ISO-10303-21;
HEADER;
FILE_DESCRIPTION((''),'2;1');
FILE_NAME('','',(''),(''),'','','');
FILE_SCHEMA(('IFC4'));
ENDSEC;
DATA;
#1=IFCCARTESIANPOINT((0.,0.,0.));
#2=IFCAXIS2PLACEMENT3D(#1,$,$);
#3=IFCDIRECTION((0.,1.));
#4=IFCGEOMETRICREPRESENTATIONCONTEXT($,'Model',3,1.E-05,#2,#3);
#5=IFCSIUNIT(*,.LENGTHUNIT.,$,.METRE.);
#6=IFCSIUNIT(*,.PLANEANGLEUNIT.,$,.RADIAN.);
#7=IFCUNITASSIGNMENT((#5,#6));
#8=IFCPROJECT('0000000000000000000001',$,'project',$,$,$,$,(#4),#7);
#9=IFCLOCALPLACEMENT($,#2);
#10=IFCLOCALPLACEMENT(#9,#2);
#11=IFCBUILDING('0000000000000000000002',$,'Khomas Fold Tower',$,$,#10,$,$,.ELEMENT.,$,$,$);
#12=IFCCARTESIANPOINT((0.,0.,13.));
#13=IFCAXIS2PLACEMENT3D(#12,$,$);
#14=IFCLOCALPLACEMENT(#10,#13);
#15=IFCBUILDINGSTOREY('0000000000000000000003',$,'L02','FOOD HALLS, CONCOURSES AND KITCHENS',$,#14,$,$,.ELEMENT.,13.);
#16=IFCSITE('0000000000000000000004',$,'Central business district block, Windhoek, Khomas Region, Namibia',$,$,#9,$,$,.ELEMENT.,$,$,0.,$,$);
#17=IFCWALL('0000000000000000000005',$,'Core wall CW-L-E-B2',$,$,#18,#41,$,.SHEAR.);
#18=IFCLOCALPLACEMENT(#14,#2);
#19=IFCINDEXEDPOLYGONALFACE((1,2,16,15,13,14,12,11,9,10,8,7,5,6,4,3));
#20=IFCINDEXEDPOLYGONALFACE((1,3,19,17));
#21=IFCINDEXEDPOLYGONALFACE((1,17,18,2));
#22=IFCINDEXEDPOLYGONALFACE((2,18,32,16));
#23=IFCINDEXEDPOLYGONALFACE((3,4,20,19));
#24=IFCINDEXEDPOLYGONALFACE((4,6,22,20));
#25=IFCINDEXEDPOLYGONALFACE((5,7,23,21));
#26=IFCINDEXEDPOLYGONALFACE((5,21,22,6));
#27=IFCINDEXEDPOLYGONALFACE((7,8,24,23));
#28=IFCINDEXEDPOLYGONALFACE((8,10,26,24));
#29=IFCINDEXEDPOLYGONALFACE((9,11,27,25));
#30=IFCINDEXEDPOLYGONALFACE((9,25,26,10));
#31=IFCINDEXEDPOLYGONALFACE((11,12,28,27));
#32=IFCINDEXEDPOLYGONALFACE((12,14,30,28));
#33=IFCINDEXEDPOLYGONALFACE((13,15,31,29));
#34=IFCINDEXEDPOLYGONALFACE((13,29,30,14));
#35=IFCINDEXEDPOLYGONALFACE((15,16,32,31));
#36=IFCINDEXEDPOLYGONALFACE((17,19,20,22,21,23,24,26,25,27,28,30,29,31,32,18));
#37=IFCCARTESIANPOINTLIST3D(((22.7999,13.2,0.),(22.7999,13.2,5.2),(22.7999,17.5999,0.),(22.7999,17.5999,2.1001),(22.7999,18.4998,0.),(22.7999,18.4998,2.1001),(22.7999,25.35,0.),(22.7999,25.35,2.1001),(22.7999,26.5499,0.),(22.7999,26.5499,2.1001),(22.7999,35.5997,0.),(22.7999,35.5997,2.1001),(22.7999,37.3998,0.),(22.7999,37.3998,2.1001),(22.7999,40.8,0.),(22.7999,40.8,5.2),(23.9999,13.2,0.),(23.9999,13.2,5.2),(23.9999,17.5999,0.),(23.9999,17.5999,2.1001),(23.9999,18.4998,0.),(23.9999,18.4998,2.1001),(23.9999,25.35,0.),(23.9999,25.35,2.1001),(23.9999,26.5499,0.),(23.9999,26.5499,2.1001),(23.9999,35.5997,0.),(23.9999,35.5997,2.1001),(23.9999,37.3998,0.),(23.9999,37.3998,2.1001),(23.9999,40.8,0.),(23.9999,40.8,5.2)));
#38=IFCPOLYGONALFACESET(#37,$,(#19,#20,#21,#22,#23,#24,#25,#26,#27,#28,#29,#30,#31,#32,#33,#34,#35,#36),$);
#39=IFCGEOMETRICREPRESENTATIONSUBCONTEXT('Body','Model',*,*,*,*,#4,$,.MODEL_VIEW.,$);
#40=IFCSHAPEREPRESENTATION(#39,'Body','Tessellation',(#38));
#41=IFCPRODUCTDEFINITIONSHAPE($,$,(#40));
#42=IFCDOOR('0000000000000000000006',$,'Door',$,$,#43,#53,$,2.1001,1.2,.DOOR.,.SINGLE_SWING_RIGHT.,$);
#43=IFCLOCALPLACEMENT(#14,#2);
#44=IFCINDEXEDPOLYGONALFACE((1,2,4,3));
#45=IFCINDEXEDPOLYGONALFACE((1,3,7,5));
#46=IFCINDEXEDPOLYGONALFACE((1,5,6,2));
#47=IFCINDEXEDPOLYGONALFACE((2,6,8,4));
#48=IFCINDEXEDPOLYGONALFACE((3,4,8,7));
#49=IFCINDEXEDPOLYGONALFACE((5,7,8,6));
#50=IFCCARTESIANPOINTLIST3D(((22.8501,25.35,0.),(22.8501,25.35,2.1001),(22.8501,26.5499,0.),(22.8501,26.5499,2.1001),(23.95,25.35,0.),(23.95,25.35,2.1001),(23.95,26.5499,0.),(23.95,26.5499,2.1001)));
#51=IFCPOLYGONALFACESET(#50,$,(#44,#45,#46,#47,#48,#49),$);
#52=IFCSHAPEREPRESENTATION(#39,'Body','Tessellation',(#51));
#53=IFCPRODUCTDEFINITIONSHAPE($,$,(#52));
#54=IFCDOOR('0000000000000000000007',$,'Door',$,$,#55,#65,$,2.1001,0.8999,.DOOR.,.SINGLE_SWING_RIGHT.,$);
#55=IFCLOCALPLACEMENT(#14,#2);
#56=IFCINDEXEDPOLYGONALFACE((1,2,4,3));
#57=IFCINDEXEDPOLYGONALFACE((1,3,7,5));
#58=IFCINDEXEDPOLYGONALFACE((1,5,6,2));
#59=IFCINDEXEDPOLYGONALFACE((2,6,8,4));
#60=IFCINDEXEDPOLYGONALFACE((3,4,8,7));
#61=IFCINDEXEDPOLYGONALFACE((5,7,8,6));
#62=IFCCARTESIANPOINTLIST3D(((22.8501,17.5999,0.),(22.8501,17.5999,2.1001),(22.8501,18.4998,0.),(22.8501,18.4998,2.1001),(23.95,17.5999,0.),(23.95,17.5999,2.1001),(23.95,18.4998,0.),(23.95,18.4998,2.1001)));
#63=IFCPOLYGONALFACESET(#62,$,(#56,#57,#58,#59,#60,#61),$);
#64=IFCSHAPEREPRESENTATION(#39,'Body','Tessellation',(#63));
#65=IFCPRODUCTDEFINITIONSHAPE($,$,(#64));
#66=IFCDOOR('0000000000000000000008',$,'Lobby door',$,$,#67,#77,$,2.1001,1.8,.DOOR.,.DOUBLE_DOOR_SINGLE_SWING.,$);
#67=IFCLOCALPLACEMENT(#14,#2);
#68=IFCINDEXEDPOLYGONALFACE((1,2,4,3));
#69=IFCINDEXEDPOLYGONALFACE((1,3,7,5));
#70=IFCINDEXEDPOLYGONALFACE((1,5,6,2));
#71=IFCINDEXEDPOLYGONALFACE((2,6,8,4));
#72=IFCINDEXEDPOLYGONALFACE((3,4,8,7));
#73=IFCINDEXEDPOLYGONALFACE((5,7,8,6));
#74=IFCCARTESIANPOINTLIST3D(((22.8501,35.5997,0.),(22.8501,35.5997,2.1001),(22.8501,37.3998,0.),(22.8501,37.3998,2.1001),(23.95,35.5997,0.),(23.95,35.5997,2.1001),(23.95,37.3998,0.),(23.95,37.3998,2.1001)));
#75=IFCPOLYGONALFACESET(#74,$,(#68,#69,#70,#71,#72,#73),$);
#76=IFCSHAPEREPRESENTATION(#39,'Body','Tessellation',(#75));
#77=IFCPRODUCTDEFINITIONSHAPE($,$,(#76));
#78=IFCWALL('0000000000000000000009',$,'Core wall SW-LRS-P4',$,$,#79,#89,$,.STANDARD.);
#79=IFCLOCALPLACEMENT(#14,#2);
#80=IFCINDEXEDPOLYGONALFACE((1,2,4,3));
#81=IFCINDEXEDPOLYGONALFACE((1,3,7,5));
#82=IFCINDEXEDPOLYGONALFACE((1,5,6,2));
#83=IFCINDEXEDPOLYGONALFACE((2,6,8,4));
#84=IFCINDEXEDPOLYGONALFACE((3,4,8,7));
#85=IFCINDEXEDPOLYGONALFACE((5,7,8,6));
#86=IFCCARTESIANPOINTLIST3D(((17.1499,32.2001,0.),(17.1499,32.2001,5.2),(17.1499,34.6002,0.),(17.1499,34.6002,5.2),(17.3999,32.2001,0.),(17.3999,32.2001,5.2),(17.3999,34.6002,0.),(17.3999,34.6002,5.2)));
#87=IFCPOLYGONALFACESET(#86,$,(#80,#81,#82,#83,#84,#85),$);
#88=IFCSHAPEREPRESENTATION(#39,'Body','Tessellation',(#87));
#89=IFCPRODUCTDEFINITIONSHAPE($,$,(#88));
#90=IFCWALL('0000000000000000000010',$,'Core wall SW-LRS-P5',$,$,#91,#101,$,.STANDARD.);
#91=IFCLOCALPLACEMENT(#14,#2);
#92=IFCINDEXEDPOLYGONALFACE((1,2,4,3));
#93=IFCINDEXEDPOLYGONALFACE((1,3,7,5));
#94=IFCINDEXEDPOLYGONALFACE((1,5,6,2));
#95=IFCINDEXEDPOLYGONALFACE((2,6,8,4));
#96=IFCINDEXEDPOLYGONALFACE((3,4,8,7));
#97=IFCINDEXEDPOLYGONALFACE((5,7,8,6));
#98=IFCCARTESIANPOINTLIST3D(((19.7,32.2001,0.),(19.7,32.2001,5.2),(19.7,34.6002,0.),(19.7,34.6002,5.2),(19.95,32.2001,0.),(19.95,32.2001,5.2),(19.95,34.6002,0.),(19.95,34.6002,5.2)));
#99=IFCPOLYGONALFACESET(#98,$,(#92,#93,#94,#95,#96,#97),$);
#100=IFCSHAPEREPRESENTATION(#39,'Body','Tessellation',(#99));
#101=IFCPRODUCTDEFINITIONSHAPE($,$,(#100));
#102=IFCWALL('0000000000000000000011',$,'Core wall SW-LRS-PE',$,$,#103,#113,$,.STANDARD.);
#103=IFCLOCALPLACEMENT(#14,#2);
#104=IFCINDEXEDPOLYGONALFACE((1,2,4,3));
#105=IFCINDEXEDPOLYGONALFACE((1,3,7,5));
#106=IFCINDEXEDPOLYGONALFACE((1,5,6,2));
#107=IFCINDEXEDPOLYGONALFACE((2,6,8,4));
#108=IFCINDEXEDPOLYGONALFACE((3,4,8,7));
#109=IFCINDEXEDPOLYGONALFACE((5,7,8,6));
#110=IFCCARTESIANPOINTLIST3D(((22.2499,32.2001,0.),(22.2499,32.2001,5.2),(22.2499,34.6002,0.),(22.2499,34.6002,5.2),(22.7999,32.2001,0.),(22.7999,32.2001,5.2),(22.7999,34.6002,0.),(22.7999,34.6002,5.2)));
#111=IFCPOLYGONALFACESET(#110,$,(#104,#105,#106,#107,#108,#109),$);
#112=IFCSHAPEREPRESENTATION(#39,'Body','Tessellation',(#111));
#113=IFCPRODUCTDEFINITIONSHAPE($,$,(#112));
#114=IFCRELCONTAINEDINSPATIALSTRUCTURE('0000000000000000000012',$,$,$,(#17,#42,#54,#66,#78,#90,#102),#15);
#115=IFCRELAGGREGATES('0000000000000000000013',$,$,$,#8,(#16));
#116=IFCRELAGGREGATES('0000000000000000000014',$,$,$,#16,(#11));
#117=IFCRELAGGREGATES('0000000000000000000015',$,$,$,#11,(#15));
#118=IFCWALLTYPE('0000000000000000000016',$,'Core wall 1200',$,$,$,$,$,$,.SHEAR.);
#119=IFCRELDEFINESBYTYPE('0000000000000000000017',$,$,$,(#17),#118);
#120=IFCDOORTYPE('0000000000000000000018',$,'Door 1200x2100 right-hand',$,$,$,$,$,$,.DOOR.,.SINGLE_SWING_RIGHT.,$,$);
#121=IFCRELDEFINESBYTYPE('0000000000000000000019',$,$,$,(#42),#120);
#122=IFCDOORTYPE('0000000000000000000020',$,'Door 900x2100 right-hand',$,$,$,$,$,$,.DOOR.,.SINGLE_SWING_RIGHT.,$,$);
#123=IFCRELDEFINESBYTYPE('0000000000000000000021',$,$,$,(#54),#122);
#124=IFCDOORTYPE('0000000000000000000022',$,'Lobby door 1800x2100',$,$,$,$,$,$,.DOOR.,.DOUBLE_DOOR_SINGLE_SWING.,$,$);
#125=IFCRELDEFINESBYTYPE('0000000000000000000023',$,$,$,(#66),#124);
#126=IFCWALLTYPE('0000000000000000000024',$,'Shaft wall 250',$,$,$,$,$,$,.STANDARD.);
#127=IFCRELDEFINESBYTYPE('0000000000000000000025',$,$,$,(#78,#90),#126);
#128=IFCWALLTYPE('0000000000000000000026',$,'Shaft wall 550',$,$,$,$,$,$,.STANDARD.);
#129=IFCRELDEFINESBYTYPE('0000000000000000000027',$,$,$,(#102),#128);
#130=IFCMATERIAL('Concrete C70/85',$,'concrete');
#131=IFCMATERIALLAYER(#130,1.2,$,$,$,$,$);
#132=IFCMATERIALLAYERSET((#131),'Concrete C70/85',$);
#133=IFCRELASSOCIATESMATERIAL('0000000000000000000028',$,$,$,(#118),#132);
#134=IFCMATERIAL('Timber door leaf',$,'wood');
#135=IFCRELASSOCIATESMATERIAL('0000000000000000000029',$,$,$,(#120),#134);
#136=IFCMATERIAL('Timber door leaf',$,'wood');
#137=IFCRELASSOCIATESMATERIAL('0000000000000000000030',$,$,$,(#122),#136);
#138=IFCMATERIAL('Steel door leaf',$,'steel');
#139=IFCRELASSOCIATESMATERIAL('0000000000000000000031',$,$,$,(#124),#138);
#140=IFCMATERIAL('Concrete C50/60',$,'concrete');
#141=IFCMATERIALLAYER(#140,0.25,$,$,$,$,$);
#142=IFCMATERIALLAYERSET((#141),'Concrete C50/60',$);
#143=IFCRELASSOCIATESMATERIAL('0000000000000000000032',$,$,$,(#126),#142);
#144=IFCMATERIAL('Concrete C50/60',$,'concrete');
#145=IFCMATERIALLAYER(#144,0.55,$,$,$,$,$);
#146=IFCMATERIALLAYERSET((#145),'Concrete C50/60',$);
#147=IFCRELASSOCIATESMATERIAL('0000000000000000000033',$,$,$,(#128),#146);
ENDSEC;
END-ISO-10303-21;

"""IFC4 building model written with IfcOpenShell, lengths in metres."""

from ifc_helpers import new_model, si_unit, direction, frame, frame_2d, origin, place, context, subcontext, project, spatial, rectangle, extrude, source, transform, mapped, material, layer, layer_set, type_object, element, fill, save


model = new_model("IFC4")

# Units and contexts
model_context = context("Model", 3, precision=1e-05, world=origin(), true_north=direction((0.0, 1.0)))
body_context = subcontext(model_context, "Body", "Model", "MODEL_VIEW")
ifc_project = project(units=[si_unit("LENGTHUNIT", "METRE"), si_unit("PLANEANGLEUNIT", "RADIAN")], contexts=[model_context])

# Site, building, storey
site_placement = place(None, origin())
site = spatial("IfcSite", under=ifc_project, at=site_placement, Name="Central business district block, Windhoek, Khomas Region, Namibia", CompositionType="ELEMENT", RefElevation=0.0)
building_placement = place(site_placement, origin())
building = spatial("IfcBuilding", under=site, at=building_placement, Name="Khomas Fold Tower", CompositionType="ELEMENT")
storey_placement = place(building_placement, frame((0.0, 0.0, 13.0)))
storey = spatial("IfcBuildingStorey", under=building, at=storey_placement, Name="L02", Description="FOOD HALLS, CONCOURSES AND KITCHENS", CompositionType="ELEMENT", Elevation=13.0)

# Shared definitions
ifc_material_1 = material(Name="Concrete C70/85", Category="concrete")
ifc_layer_1 = layer(ifc_material_1, 1.2)
ifc_layer_set_1 = layer_set([ifc_layer_1], Name="Concrete C70/85")
wall_type_1 = type_object("IfcWallType", Name="Core wall 1200", PredefinedType="SHEAR", material=ifc_layer_set_1)

# Wall, openings, doors
shared_shape_1 = source(origin(), body_context, "Body", "SweptSolid", [
    extrude(rectangle(XDim=27.6001, YDim=1.2, at=frame_2d((13.8, 0.0))), origin(), (0.0, 0.0, 1.0), 5.2),
])
wall_1_placement = place(storey_placement, frame((23.3999, 13.2, 0.0), z_axis=(0.0, 0.0, 1.0), x_axis=(0.0, 1.0, 0.0)))
wall_1 = element("IfcWall", 1, at=wall_1_placement, inside=storey, type_object=wall_type_1, Name="Core wall CW-L-E-B2", PredefinedType="SHEAR", context=body_context, shape_type="MappedRepresentation", body=[
    mapped(shared_shape_1, transform((0.0, 0.0, 0.0))),
])
shared_shape_2 = source(origin(), body_context, "Body", "SweptSolid", [
    extrude(rectangle(XDim=1.8, YDim=2.1001, at=frame_2d((0.8999, 1.05))), frame((0.0, 0.6099, 0.0), z_axis=(0.0, -1.0, 0.0), x_axis=(1.0, 0.0, 0.0)), (0.0, 0.0, 1.0), 1.22),
])
opening_1_placement = place(wall_1_placement, frame((22.3999, 0.0, 0.0)))
opening_1 = element("IfcOpeningElement", 2, at=opening_1_placement, cuts=wall_1, PredefinedType="OPENING", context=body_context, shape_type="MappedRepresentation", body=[
    mapped(shared_shape_2, transform((0.0, 0.0, 0.0))),
])
shared_shape_3 = source(origin(), body_context, "Body", "SweptSolid", [
    extrude(rectangle(XDim=1.2, YDim=2.1001, at=frame_2d((0.6001, 1.05))), frame((0.0, 0.6099, 0.0), z_axis=(0.0, -1.0, 0.0), x_axis=(1.0, 0.0, 0.0)), (0.0, 0.0, 1.0), 1.22),
])
opening_2_placement = place(wall_1_placement, frame((12.1499, 0.0, 0.0)))
opening_2 = element("IfcOpeningElement", 3, at=opening_2_placement, cuts=wall_1, PredefinedType="OPENING", context=body_context, shape_type="MappedRepresentation", body=[
    mapped(shared_shape_3, transform((0.0, 0.0, 0.0))),
])
shared_shape_4 = source(origin(), body_context, "Body", "SweptSolid", [
    extrude(rectangle(XDim=0.8999, YDim=2.1001, at=frame_2d((0.45, 1.05))), frame((0.0, 0.6099, 0.0), z_axis=(0.0, -1.0, 0.0), x_axis=(1.0, 0.0, 0.0)), (0.0, 0.0, 1.0), 1.22),
])
opening_3_placement = place(wall_1_placement, frame((4.3999, 0.0, 0.0)))
opening_3 = element("IfcOpeningElement", 4, at=opening_3_placement, cuts=wall_1, PredefinedType="OPENING", context=body_context, shape_type="MappedRepresentation", body=[
    mapped(shared_shape_4, transform((0.0, 0.0, 0.0))),
])
ifc_material_2 = material(Name="Timber door leaf", Category="wood")
door_type_1 = type_object("IfcDoorType", Name="Door 1200x2100 right-hand", OperationType="SINGLE_SWING_RIGHT", PredefinedType="DOOR", material=ifc_material_2)
shared_shape_5 = source(origin(), body_context, "Body", "SweptSolid", [
    extrude(rectangle(XDim=1.2, YDim=2.1001, at=frame_2d((0.6001, 1.05))), frame((0.0, 0.5498, 0.0), z_axis=(0.0, -1.0, 0.0), x_axis=(1.0, 0.0, 0.0)), (0.0, 0.0, 1.0), 1.0999),
])
door_1_placement = place(opening_2_placement, origin())
door_1 = element("IfcDoor", 5, at=door_1_placement, inside=storey, type_object=door_type_1, Name="Door", OperationType="SINGLE_SWING_RIGHT", OverallHeight=2.1001, OverallWidth=1.2, PredefinedType="DOOR", context=body_context, shape_type="MappedRepresentation", body=[
    mapped(shared_shape_5, transform((0.0, 0.0, 0.0))),
])
fill(opening_2, door_1)
ifc_material_3 = material(Name="Timber door leaf", Category="wood")
door_type_2 = type_object("IfcDoorType", Name="Door 900x2100 right-hand", OperationType="SINGLE_SWING_RIGHT", PredefinedType="DOOR", material=ifc_material_3)
shared_shape_6 = source(origin(), body_context, "Body", "SweptSolid", [
    extrude(rectangle(XDim=0.8999, YDim=2.1001, at=frame_2d((0.45, 1.05))), frame((0.0, 0.5498, 0.0), z_axis=(0.0, -1.0, 0.0), x_axis=(1.0, 0.0, 0.0)), (0.0, 0.0, 1.0), 1.0999),
])
door_2_placement = place(opening_3_placement, origin())
door_2 = element("IfcDoor", 6, at=door_2_placement, inside=storey, type_object=door_type_2, Name="Door", OperationType="SINGLE_SWING_RIGHT", OverallHeight=2.1001, OverallWidth=0.8999, PredefinedType="DOOR", context=body_context, shape_type="MappedRepresentation", body=[
    mapped(shared_shape_6, transform((0.0, 0.0, 0.0))),
])
fill(opening_3, door_2)
ifc_material_4 = material(Name="Steel door leaf", Category="steel")
door_type_3 = type_object("IfcDoorType", Name="Lobby door 1800x2100", OperationType="DOUBLE_DOOR_SINGLE_SWING", PredefinedType="DOOR", material=ifc_material_4)
shared_shape_7 = source(origin(), body_context, "Body", "SweptSolid", [
    extrude(rectangle(XDim=1.8, YDim=2.1001, at=frame_2d((0.8999, 1.05))), frame((0.0, 0.5498, 0.0), z_axis=(0.0, -1.0, 0.0), x_axis=(1.0, 0.0, 0.0)), (0.0, 0.0, 1.0), 1.0999),
])
door_3_placement = place(opening_1_placement, origin())
door_3 = element("IfcDoor", 7, at=door_3_placement, inside=storey, type_object=door_type_3, Name="Lobby door", OperationType="DOUBLE_DOOR_SINGLE_SWING", OverallHeight=2.1001, OverallWidth=1.8, PredefinedType="DOOR", context=body_context, shape_type="MappedRepresentation", body=[
    mapped(shared_shape_7, transform((0.0, 0.0, 0.0))),
])
fill(opening_1, door_3)

# Walls
ifc_material_5 = material(Name="Concrete C50/60", Category="concrete")
ifc_layer_2 = layer(ifc_material_5, 0.25)
ifc_layer_set_2 = layer_set([ifc_layer_2], Name="Concrete C50/60")
wall_type_2 = type_object("IfcWallType", Name="Shaft wall 250", PredefinedType="STANDARD", material=ifc_layer_set_2)
shared_shape_8 = source(origin(), body_context, "Body", "SweptSolid", [
    extrude(rectangle(XDim=2.4001, YDim=0.25, at=frame_2d((1.2002, 0.0))), origin(), (0.0, 0.0, 1.0), 5.2),
])
for number, where, z_axis, x_axis, name in (
    (8, (17.2749, 32.2, 0.0), (0.0, 0.0, 1.0), (0.0, 1.0, 0.0), "Core wall SW-LRS-P4"),
    (9, (19.825, 32.2, 0.0), (0.0, 0.0, 1.0), (0.0, 1.0, 0.0), "Core wall SW-LRS-P5"),
):
    element("IfcWall", number, at=place(storey_placement, frame(where, z_axis=z_axis, x_axis=x_axis)), inside=storey, type_object=wall_type_2, Name=name, PredefinedType="STANDARD", context=body_context, shape_type="MappedRepresentation", body=[
        mapped(shared_shape_8, transform((0.0, 0.0, 0.0))),
    ])
ifc_material_6 = material(Name="Concrete C50/60", Category="concrete")
ifc_layer_3 = layer(ifc_material_6, 0.55)
ifc_layer_set_3 = layer_set([ifc_layer_3], Name="Concrete C50/60")
wall_type_3 = type_object("IfcWallType", Name="Shaft wall 550", PredefinedType="STANDARD", material=ifc_layer_set_3)
shared_shape_9 = source(origin(), body_context, "Body", "SweptSolid", [
    extrude(rectangle(XDim=2.4001, YDim=0.55, at=frame_2d((1.2002, 0.0))), origin(), (0.0, 0.0, 1.0), 5.2),
])
wall_2_placement = place(storey_placement, frame((22.5249, 32.2, 0.0), z_axis=(0.0, 0.0, 1.0), x_axis=(0.0, 1.0, 0.0)))
element("IfcWall", 10, at=wall_2_placement, inside=storey, type_object=wall_type_3, Name="Core wall SW-LRS-PE", PredefinedType="STANDARD", context=body_context, shape_type="MappedRepresentation", body=[
    mapped(shared_shape_9, transform((0.0, 0.0, 0.0))),
])

save(model, "model.ifc")
